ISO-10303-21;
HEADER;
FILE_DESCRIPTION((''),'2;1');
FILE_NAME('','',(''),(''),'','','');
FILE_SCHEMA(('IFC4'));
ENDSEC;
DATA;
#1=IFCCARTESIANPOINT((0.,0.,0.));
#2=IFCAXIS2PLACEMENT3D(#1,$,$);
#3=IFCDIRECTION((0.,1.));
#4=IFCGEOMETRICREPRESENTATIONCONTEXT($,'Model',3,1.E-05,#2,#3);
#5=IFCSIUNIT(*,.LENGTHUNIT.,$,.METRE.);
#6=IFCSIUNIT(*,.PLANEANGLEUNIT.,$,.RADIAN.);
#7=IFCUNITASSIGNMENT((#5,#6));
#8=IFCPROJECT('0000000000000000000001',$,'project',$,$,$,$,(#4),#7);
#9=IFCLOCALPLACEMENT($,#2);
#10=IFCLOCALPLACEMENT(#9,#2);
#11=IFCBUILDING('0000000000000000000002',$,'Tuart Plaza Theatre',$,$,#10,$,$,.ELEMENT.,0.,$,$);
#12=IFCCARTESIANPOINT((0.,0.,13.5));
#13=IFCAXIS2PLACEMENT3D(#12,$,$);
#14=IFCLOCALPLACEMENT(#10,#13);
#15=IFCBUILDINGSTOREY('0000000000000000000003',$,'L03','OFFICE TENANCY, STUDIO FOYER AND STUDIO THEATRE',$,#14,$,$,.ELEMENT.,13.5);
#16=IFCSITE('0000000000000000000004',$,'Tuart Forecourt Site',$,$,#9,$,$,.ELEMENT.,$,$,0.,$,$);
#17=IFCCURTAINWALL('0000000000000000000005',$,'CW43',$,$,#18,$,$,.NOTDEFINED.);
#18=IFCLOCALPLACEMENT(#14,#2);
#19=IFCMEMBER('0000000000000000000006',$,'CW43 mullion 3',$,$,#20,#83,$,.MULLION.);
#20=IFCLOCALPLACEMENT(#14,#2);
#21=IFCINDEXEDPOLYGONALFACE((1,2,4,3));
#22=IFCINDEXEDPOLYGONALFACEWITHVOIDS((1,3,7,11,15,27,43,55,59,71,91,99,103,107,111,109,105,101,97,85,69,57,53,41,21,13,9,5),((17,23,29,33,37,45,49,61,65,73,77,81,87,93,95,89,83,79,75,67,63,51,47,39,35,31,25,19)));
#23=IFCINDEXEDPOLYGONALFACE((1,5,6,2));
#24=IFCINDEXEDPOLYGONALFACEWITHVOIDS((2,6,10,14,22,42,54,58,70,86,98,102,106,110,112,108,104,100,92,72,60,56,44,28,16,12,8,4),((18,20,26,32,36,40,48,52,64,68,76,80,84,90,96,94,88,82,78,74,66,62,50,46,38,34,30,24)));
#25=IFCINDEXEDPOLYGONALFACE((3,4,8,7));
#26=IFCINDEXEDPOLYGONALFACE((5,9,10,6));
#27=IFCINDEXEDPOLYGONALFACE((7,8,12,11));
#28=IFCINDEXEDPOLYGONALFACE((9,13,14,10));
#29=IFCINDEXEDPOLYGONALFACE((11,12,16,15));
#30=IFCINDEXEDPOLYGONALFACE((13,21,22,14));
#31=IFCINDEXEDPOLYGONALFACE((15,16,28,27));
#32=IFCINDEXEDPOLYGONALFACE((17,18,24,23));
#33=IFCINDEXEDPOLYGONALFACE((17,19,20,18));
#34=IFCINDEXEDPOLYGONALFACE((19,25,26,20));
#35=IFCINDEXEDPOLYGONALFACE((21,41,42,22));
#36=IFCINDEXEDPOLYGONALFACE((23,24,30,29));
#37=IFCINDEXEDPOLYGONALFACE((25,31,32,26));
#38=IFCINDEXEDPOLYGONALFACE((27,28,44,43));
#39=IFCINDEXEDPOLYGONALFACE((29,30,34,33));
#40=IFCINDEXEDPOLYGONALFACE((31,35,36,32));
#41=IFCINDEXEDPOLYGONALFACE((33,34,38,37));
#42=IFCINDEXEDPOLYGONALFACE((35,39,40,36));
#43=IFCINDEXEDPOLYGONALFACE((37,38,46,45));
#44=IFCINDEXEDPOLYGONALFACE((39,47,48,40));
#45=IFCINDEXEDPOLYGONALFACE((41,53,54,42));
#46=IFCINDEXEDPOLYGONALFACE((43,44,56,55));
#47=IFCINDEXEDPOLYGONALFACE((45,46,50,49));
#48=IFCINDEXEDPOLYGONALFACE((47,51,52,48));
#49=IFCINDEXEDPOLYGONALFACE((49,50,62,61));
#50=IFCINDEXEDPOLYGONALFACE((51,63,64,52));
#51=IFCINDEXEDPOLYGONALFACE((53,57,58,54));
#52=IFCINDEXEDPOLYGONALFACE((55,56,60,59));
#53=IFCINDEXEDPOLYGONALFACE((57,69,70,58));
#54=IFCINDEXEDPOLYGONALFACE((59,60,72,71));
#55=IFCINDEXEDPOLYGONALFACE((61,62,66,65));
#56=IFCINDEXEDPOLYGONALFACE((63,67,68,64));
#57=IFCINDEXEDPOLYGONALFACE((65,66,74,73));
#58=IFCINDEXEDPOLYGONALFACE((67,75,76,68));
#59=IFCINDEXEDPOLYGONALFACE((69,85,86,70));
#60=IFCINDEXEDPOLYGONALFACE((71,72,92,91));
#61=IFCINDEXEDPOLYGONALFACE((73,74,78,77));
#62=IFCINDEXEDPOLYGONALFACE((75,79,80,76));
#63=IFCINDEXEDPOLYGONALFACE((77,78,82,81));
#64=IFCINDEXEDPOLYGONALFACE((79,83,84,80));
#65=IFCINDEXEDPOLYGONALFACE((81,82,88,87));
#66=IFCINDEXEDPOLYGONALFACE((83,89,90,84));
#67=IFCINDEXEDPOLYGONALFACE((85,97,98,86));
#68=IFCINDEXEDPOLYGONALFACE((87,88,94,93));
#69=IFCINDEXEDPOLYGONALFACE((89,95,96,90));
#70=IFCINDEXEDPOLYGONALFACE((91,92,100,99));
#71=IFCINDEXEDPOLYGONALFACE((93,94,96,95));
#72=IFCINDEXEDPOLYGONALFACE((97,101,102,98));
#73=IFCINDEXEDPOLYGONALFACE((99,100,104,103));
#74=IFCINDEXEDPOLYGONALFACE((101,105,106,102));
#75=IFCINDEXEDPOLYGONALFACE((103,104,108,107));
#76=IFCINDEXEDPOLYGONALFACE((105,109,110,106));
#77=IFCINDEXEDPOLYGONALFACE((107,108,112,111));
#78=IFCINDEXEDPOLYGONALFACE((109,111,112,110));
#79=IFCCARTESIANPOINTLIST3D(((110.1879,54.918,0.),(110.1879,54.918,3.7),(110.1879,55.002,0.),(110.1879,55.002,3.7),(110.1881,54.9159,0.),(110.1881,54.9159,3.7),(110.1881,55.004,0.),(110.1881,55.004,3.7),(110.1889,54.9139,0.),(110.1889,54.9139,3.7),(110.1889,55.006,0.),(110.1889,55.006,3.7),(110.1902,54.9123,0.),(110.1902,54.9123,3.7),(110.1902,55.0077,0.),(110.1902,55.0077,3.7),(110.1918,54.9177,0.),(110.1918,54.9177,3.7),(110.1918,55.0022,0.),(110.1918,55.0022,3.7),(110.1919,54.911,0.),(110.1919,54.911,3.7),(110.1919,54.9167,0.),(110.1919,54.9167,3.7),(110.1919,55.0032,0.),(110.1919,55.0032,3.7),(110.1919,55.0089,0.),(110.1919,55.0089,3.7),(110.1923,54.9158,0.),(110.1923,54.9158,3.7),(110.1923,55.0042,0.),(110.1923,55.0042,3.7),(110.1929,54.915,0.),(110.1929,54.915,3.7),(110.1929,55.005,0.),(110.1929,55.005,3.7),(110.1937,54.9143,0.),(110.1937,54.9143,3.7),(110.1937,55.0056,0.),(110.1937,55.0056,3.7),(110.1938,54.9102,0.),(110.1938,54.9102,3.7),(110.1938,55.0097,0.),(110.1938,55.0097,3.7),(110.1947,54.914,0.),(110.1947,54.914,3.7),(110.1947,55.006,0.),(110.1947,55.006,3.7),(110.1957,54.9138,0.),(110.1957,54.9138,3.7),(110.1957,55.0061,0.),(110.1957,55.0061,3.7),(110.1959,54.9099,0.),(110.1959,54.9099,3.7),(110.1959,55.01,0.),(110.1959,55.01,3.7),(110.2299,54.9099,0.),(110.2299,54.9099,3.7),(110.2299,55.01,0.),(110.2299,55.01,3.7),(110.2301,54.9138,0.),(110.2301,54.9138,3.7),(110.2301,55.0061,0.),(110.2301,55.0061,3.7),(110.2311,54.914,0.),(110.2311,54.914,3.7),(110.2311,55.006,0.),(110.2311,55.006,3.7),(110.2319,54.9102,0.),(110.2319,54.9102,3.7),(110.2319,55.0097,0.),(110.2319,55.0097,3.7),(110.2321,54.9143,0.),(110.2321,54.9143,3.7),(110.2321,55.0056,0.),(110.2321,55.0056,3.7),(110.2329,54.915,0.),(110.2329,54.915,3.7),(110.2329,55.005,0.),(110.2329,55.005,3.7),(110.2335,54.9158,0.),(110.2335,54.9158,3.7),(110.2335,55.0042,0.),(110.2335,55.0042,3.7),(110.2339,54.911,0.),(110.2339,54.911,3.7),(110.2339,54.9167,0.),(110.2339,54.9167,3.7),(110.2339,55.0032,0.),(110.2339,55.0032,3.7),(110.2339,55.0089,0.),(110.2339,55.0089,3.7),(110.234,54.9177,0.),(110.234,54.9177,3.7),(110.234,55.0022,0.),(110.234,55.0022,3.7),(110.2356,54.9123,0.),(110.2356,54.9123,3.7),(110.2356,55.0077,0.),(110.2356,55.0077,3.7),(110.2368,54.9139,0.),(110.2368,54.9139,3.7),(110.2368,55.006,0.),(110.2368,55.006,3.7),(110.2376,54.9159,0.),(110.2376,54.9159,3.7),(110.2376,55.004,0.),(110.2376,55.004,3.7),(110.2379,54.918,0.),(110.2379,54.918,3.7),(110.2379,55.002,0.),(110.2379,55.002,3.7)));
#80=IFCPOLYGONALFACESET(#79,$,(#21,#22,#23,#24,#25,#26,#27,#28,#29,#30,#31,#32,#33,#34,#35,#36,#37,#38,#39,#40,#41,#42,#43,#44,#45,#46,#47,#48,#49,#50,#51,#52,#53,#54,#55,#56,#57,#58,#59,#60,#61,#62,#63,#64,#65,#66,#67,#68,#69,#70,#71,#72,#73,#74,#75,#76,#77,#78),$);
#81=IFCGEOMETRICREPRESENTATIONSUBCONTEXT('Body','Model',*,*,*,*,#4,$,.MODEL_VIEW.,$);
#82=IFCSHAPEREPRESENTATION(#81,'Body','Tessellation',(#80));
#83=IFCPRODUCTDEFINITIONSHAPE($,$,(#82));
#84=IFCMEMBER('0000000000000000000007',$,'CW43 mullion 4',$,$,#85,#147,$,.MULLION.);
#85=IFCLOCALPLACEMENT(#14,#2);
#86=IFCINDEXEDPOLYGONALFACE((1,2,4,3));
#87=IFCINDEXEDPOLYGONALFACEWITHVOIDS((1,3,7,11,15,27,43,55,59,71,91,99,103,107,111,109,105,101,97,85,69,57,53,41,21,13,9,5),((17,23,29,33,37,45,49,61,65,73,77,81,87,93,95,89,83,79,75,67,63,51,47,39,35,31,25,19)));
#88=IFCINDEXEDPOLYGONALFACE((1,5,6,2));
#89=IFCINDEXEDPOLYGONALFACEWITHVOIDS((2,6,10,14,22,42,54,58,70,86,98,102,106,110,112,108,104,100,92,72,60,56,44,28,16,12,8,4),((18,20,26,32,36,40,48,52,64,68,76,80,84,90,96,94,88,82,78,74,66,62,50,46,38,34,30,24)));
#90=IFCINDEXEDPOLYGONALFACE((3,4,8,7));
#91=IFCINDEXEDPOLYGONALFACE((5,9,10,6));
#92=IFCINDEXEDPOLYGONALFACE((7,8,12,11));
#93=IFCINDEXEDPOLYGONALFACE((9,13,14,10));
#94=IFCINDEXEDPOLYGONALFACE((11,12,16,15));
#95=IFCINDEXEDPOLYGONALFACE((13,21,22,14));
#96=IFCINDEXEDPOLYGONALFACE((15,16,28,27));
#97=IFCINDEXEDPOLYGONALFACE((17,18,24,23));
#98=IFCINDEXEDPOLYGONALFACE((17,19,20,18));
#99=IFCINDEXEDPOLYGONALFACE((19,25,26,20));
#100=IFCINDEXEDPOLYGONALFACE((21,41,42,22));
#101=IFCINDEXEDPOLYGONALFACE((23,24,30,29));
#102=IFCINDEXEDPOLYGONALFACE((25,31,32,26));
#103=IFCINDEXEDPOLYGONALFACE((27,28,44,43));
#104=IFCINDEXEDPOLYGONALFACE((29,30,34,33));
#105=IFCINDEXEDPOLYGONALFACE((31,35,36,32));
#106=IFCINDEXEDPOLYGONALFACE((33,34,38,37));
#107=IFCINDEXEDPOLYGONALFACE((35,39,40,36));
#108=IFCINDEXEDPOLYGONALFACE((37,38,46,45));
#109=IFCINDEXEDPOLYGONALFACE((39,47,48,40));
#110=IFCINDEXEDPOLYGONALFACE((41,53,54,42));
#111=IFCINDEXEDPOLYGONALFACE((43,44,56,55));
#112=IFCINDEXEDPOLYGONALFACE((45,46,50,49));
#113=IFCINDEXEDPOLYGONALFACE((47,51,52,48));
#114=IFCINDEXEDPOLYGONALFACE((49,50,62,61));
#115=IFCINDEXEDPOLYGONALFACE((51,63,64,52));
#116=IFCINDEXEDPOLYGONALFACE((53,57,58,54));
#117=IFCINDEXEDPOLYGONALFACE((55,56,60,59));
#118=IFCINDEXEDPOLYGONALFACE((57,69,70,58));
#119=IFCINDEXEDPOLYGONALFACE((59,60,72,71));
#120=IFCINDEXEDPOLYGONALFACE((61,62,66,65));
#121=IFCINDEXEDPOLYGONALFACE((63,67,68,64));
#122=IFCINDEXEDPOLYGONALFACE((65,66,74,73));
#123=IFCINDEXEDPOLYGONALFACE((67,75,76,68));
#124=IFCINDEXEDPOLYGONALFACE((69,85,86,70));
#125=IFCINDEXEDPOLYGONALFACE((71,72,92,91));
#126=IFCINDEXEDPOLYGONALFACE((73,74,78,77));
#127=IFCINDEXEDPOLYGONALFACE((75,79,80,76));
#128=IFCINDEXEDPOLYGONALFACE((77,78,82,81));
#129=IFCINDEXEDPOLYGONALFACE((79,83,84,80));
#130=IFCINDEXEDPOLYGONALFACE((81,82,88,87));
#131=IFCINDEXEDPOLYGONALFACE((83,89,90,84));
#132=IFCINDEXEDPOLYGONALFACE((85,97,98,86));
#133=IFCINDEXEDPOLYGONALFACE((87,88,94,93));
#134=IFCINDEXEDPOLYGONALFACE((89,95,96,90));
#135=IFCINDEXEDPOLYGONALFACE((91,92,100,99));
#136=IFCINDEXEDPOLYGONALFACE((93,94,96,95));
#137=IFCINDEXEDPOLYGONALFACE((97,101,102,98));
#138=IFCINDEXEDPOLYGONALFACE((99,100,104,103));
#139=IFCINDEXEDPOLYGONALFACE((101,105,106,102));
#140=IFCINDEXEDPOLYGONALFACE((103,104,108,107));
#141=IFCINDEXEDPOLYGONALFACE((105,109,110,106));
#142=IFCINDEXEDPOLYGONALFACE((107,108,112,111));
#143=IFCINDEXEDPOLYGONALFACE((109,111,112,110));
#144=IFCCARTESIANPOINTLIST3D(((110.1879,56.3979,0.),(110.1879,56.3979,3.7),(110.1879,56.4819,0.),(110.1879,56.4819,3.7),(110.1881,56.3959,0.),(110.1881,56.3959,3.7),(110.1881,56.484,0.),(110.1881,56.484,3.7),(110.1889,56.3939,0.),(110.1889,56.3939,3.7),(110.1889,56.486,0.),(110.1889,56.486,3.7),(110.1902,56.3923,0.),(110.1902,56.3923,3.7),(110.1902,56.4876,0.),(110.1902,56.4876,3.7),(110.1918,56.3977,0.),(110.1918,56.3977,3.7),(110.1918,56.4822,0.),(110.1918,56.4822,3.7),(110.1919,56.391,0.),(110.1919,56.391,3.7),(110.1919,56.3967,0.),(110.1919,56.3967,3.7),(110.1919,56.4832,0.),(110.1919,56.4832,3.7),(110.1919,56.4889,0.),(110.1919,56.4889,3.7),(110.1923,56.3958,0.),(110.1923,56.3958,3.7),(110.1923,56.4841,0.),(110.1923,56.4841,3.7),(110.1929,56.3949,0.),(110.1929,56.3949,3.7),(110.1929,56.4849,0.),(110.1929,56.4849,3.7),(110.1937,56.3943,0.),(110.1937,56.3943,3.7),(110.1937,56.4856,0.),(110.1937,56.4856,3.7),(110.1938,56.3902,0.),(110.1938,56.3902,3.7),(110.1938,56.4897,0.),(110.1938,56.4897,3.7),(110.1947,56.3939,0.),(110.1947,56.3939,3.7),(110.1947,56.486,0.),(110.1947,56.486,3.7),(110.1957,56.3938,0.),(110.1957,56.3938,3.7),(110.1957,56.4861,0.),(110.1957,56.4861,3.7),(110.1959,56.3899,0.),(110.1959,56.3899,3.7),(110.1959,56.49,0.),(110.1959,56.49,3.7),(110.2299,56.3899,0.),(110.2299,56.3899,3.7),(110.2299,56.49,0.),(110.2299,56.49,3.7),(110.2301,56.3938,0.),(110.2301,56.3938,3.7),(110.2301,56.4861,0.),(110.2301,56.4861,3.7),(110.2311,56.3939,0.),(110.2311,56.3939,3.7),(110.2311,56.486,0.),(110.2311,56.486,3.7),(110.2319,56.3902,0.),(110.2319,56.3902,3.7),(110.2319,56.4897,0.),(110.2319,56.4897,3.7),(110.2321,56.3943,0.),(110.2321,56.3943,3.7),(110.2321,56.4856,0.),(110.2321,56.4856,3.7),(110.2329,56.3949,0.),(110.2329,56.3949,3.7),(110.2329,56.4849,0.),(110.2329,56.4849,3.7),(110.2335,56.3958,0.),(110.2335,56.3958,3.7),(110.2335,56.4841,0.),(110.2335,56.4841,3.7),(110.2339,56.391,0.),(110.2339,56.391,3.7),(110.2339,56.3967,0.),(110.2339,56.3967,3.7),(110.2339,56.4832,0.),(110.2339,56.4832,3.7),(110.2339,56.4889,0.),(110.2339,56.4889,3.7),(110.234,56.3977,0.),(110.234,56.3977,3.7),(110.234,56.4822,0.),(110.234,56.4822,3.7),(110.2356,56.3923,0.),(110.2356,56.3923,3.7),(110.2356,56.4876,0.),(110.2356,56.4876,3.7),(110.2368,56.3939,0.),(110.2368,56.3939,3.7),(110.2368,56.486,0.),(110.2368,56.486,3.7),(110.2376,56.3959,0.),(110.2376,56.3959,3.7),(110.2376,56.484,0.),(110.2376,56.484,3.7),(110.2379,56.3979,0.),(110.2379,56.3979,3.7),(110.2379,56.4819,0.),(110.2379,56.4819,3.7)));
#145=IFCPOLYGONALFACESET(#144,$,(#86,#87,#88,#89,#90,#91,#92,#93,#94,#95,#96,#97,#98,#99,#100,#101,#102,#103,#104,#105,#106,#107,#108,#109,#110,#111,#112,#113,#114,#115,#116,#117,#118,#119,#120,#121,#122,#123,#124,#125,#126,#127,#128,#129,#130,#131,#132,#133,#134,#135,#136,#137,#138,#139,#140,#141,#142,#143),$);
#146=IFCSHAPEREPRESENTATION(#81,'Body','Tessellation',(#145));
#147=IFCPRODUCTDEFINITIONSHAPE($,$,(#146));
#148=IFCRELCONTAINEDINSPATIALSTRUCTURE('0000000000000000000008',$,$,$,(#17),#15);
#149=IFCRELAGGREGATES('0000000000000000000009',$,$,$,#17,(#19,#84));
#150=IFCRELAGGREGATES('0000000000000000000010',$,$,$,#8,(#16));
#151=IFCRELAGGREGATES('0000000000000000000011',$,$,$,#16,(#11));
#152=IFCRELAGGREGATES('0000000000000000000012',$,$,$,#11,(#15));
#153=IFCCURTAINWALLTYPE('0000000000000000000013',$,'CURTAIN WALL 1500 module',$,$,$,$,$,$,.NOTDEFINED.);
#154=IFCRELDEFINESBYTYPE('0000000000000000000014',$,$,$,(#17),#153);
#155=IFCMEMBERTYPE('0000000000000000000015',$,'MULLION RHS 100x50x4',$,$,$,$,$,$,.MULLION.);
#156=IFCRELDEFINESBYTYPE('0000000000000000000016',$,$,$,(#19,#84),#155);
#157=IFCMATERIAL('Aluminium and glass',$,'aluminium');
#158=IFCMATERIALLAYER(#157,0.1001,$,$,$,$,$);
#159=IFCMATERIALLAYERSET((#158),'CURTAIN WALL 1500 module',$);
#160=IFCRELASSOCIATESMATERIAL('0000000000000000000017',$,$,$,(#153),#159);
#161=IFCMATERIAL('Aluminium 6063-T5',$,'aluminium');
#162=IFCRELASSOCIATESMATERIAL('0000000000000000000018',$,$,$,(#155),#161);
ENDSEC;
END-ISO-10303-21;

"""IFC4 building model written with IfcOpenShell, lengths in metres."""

from ifc_helpers import new_model, si_unit, direction, frame, origin, origin_2d, place, context, subcontext, project, spatial, hollow_rectangle, extrude, material, layer, layer_set, material_profile, profile_set, type_object, element, aggregate, save


model = new_model("IFC4")

# Units and contexts
model_context = context("Model", 3, precision=1e-05, world=origin(), true_north=direction((0.0, 1.0)))
body_context = subcontext(model_context, "Body", "Model", "MODEL_VIEW")
ifc_project = project(units=[si_unit("LENGTHUNIT", "METRE"), si_unit("PLANEANGLEUNIT", "RADIAN")], contexts=[model_context])

# Site, building, storey
site_placement = place(None, origin())
site = spatial("IfcSite", under=ifc_project, at=site_placement, Name="Tuart Forecourt Site", CompositionType="ELEMENT", RefElevation=0.0)
building_placement = place(site_placement, origin())
building = spatial("IfcBuilding", under=site, at=building_placement, Name="Tuart Plaza Theatre", CompositionType="ELEMENT", ElevationOfRefHeight=0.0)
storey_placement = place(building_placement, frame((0.0, 0.0, 13.5)))
storey = spatial("IfcBuildingStorey", under=building, at=storey_placement, Name="L03", Description="OFFICE TENANCY, STUDIO FOYER AND STUDIO THEATRE", CompositionType="ELEMENT", Elevation=13.5)

# Curtain wall, members
ifc_material_1 = material(Name="Aluminium and glass", Category="aluminium")
ifc_layer_1 = layer(ifc_material_1, 0.1001)
ifc_layer_set_1 = layer_set([ifc_layer_1], Name="CURTAIN WALL 1500 module")
curtain_wall_type = type_object("IfcCurtainWallType", Name="CURTAIN WALL 1500 module", PredefinedType="NOTDEFINED", material=ifc_layer_set_1)
curtain_wall_placement = place(storey_placement, origin())
curtain_wall = element("IfcCurtainWall", 1, at=curtain_wall_placement, inside=storey, type_object=curtain_wall_type, Name="CW43", PredefinedType="NOTDEFINED")
ifc_material_2 = material(Name="Aluminium 6063-T5", Category="aluminium")
ifc_material_profile_1 = material_profile(ifc_material_2, hollow_rectangle(XDim=0.05, YDim=0.1001, WallThickness=0.0039, InnerFilletRadius=0.0039, OuterFilletRadius=0.0081, at=origin_2d()), Name="RHS 100x50x4")
ifc_profile_set_1 = profile_set([ifc_material_profile_1], Name="Aluminium 6063-T5")
member_type_1 = type_object("IfcMemberType", Name="MULLION RHS 100x50x4", PredefinedType="MULLION", material=ifc_profile_set_1)
member_1_placement = place(storey_placement, frame((110.2129, 54.96, 0.0), z_axis=(0.0, 0.0, 1.0), x_axis=(-1.0, 0.0, 0.0)))
member_1 = element("IfcMember", 2, at=member_1_placement, type_object=member_type_1, Name="CW43 mullion 3", PredefinedType="MULLION", context=body_context, shape_type="SweptSolid", body=[
    extrude(hollow_rectangle(XDim=0.05, YDim=0.1001, WallThickness=0.0039, InnerFilletRadius=0.0039, OuterFilletRadius=0.0081, at=origin_2d()), origin(), (0.0, 0.0, 1.0), 3.7),
])
member_2_placement = place(storey_placement, frame((110.2129, 56.4399, 0.0), z_axis=(0.0, 0.0, 1.0), x_axis=(-1.0, 0.0, 0.0)))
member_2 = element("IfcMember", 3, at=member_2_placement, type_object=member_type_1, Name="CW43 mullion 4", PredefinedType="MULLION", context=body_context, shape_type="SweptSolid", body=[
    extrude(hollow_rectangle(XDim=0.05, YDim=0.1001, WallThickness=0.0039, InnerFilletRadius=0.0039, OuterFilletRadius=0.0081, at=origin_2d()), origin(), (0.0, 0.0, 1.0), 3.7),
])
aggregate(curtain_wall, [member_1, member_2])

save(model, "model.ifc")
